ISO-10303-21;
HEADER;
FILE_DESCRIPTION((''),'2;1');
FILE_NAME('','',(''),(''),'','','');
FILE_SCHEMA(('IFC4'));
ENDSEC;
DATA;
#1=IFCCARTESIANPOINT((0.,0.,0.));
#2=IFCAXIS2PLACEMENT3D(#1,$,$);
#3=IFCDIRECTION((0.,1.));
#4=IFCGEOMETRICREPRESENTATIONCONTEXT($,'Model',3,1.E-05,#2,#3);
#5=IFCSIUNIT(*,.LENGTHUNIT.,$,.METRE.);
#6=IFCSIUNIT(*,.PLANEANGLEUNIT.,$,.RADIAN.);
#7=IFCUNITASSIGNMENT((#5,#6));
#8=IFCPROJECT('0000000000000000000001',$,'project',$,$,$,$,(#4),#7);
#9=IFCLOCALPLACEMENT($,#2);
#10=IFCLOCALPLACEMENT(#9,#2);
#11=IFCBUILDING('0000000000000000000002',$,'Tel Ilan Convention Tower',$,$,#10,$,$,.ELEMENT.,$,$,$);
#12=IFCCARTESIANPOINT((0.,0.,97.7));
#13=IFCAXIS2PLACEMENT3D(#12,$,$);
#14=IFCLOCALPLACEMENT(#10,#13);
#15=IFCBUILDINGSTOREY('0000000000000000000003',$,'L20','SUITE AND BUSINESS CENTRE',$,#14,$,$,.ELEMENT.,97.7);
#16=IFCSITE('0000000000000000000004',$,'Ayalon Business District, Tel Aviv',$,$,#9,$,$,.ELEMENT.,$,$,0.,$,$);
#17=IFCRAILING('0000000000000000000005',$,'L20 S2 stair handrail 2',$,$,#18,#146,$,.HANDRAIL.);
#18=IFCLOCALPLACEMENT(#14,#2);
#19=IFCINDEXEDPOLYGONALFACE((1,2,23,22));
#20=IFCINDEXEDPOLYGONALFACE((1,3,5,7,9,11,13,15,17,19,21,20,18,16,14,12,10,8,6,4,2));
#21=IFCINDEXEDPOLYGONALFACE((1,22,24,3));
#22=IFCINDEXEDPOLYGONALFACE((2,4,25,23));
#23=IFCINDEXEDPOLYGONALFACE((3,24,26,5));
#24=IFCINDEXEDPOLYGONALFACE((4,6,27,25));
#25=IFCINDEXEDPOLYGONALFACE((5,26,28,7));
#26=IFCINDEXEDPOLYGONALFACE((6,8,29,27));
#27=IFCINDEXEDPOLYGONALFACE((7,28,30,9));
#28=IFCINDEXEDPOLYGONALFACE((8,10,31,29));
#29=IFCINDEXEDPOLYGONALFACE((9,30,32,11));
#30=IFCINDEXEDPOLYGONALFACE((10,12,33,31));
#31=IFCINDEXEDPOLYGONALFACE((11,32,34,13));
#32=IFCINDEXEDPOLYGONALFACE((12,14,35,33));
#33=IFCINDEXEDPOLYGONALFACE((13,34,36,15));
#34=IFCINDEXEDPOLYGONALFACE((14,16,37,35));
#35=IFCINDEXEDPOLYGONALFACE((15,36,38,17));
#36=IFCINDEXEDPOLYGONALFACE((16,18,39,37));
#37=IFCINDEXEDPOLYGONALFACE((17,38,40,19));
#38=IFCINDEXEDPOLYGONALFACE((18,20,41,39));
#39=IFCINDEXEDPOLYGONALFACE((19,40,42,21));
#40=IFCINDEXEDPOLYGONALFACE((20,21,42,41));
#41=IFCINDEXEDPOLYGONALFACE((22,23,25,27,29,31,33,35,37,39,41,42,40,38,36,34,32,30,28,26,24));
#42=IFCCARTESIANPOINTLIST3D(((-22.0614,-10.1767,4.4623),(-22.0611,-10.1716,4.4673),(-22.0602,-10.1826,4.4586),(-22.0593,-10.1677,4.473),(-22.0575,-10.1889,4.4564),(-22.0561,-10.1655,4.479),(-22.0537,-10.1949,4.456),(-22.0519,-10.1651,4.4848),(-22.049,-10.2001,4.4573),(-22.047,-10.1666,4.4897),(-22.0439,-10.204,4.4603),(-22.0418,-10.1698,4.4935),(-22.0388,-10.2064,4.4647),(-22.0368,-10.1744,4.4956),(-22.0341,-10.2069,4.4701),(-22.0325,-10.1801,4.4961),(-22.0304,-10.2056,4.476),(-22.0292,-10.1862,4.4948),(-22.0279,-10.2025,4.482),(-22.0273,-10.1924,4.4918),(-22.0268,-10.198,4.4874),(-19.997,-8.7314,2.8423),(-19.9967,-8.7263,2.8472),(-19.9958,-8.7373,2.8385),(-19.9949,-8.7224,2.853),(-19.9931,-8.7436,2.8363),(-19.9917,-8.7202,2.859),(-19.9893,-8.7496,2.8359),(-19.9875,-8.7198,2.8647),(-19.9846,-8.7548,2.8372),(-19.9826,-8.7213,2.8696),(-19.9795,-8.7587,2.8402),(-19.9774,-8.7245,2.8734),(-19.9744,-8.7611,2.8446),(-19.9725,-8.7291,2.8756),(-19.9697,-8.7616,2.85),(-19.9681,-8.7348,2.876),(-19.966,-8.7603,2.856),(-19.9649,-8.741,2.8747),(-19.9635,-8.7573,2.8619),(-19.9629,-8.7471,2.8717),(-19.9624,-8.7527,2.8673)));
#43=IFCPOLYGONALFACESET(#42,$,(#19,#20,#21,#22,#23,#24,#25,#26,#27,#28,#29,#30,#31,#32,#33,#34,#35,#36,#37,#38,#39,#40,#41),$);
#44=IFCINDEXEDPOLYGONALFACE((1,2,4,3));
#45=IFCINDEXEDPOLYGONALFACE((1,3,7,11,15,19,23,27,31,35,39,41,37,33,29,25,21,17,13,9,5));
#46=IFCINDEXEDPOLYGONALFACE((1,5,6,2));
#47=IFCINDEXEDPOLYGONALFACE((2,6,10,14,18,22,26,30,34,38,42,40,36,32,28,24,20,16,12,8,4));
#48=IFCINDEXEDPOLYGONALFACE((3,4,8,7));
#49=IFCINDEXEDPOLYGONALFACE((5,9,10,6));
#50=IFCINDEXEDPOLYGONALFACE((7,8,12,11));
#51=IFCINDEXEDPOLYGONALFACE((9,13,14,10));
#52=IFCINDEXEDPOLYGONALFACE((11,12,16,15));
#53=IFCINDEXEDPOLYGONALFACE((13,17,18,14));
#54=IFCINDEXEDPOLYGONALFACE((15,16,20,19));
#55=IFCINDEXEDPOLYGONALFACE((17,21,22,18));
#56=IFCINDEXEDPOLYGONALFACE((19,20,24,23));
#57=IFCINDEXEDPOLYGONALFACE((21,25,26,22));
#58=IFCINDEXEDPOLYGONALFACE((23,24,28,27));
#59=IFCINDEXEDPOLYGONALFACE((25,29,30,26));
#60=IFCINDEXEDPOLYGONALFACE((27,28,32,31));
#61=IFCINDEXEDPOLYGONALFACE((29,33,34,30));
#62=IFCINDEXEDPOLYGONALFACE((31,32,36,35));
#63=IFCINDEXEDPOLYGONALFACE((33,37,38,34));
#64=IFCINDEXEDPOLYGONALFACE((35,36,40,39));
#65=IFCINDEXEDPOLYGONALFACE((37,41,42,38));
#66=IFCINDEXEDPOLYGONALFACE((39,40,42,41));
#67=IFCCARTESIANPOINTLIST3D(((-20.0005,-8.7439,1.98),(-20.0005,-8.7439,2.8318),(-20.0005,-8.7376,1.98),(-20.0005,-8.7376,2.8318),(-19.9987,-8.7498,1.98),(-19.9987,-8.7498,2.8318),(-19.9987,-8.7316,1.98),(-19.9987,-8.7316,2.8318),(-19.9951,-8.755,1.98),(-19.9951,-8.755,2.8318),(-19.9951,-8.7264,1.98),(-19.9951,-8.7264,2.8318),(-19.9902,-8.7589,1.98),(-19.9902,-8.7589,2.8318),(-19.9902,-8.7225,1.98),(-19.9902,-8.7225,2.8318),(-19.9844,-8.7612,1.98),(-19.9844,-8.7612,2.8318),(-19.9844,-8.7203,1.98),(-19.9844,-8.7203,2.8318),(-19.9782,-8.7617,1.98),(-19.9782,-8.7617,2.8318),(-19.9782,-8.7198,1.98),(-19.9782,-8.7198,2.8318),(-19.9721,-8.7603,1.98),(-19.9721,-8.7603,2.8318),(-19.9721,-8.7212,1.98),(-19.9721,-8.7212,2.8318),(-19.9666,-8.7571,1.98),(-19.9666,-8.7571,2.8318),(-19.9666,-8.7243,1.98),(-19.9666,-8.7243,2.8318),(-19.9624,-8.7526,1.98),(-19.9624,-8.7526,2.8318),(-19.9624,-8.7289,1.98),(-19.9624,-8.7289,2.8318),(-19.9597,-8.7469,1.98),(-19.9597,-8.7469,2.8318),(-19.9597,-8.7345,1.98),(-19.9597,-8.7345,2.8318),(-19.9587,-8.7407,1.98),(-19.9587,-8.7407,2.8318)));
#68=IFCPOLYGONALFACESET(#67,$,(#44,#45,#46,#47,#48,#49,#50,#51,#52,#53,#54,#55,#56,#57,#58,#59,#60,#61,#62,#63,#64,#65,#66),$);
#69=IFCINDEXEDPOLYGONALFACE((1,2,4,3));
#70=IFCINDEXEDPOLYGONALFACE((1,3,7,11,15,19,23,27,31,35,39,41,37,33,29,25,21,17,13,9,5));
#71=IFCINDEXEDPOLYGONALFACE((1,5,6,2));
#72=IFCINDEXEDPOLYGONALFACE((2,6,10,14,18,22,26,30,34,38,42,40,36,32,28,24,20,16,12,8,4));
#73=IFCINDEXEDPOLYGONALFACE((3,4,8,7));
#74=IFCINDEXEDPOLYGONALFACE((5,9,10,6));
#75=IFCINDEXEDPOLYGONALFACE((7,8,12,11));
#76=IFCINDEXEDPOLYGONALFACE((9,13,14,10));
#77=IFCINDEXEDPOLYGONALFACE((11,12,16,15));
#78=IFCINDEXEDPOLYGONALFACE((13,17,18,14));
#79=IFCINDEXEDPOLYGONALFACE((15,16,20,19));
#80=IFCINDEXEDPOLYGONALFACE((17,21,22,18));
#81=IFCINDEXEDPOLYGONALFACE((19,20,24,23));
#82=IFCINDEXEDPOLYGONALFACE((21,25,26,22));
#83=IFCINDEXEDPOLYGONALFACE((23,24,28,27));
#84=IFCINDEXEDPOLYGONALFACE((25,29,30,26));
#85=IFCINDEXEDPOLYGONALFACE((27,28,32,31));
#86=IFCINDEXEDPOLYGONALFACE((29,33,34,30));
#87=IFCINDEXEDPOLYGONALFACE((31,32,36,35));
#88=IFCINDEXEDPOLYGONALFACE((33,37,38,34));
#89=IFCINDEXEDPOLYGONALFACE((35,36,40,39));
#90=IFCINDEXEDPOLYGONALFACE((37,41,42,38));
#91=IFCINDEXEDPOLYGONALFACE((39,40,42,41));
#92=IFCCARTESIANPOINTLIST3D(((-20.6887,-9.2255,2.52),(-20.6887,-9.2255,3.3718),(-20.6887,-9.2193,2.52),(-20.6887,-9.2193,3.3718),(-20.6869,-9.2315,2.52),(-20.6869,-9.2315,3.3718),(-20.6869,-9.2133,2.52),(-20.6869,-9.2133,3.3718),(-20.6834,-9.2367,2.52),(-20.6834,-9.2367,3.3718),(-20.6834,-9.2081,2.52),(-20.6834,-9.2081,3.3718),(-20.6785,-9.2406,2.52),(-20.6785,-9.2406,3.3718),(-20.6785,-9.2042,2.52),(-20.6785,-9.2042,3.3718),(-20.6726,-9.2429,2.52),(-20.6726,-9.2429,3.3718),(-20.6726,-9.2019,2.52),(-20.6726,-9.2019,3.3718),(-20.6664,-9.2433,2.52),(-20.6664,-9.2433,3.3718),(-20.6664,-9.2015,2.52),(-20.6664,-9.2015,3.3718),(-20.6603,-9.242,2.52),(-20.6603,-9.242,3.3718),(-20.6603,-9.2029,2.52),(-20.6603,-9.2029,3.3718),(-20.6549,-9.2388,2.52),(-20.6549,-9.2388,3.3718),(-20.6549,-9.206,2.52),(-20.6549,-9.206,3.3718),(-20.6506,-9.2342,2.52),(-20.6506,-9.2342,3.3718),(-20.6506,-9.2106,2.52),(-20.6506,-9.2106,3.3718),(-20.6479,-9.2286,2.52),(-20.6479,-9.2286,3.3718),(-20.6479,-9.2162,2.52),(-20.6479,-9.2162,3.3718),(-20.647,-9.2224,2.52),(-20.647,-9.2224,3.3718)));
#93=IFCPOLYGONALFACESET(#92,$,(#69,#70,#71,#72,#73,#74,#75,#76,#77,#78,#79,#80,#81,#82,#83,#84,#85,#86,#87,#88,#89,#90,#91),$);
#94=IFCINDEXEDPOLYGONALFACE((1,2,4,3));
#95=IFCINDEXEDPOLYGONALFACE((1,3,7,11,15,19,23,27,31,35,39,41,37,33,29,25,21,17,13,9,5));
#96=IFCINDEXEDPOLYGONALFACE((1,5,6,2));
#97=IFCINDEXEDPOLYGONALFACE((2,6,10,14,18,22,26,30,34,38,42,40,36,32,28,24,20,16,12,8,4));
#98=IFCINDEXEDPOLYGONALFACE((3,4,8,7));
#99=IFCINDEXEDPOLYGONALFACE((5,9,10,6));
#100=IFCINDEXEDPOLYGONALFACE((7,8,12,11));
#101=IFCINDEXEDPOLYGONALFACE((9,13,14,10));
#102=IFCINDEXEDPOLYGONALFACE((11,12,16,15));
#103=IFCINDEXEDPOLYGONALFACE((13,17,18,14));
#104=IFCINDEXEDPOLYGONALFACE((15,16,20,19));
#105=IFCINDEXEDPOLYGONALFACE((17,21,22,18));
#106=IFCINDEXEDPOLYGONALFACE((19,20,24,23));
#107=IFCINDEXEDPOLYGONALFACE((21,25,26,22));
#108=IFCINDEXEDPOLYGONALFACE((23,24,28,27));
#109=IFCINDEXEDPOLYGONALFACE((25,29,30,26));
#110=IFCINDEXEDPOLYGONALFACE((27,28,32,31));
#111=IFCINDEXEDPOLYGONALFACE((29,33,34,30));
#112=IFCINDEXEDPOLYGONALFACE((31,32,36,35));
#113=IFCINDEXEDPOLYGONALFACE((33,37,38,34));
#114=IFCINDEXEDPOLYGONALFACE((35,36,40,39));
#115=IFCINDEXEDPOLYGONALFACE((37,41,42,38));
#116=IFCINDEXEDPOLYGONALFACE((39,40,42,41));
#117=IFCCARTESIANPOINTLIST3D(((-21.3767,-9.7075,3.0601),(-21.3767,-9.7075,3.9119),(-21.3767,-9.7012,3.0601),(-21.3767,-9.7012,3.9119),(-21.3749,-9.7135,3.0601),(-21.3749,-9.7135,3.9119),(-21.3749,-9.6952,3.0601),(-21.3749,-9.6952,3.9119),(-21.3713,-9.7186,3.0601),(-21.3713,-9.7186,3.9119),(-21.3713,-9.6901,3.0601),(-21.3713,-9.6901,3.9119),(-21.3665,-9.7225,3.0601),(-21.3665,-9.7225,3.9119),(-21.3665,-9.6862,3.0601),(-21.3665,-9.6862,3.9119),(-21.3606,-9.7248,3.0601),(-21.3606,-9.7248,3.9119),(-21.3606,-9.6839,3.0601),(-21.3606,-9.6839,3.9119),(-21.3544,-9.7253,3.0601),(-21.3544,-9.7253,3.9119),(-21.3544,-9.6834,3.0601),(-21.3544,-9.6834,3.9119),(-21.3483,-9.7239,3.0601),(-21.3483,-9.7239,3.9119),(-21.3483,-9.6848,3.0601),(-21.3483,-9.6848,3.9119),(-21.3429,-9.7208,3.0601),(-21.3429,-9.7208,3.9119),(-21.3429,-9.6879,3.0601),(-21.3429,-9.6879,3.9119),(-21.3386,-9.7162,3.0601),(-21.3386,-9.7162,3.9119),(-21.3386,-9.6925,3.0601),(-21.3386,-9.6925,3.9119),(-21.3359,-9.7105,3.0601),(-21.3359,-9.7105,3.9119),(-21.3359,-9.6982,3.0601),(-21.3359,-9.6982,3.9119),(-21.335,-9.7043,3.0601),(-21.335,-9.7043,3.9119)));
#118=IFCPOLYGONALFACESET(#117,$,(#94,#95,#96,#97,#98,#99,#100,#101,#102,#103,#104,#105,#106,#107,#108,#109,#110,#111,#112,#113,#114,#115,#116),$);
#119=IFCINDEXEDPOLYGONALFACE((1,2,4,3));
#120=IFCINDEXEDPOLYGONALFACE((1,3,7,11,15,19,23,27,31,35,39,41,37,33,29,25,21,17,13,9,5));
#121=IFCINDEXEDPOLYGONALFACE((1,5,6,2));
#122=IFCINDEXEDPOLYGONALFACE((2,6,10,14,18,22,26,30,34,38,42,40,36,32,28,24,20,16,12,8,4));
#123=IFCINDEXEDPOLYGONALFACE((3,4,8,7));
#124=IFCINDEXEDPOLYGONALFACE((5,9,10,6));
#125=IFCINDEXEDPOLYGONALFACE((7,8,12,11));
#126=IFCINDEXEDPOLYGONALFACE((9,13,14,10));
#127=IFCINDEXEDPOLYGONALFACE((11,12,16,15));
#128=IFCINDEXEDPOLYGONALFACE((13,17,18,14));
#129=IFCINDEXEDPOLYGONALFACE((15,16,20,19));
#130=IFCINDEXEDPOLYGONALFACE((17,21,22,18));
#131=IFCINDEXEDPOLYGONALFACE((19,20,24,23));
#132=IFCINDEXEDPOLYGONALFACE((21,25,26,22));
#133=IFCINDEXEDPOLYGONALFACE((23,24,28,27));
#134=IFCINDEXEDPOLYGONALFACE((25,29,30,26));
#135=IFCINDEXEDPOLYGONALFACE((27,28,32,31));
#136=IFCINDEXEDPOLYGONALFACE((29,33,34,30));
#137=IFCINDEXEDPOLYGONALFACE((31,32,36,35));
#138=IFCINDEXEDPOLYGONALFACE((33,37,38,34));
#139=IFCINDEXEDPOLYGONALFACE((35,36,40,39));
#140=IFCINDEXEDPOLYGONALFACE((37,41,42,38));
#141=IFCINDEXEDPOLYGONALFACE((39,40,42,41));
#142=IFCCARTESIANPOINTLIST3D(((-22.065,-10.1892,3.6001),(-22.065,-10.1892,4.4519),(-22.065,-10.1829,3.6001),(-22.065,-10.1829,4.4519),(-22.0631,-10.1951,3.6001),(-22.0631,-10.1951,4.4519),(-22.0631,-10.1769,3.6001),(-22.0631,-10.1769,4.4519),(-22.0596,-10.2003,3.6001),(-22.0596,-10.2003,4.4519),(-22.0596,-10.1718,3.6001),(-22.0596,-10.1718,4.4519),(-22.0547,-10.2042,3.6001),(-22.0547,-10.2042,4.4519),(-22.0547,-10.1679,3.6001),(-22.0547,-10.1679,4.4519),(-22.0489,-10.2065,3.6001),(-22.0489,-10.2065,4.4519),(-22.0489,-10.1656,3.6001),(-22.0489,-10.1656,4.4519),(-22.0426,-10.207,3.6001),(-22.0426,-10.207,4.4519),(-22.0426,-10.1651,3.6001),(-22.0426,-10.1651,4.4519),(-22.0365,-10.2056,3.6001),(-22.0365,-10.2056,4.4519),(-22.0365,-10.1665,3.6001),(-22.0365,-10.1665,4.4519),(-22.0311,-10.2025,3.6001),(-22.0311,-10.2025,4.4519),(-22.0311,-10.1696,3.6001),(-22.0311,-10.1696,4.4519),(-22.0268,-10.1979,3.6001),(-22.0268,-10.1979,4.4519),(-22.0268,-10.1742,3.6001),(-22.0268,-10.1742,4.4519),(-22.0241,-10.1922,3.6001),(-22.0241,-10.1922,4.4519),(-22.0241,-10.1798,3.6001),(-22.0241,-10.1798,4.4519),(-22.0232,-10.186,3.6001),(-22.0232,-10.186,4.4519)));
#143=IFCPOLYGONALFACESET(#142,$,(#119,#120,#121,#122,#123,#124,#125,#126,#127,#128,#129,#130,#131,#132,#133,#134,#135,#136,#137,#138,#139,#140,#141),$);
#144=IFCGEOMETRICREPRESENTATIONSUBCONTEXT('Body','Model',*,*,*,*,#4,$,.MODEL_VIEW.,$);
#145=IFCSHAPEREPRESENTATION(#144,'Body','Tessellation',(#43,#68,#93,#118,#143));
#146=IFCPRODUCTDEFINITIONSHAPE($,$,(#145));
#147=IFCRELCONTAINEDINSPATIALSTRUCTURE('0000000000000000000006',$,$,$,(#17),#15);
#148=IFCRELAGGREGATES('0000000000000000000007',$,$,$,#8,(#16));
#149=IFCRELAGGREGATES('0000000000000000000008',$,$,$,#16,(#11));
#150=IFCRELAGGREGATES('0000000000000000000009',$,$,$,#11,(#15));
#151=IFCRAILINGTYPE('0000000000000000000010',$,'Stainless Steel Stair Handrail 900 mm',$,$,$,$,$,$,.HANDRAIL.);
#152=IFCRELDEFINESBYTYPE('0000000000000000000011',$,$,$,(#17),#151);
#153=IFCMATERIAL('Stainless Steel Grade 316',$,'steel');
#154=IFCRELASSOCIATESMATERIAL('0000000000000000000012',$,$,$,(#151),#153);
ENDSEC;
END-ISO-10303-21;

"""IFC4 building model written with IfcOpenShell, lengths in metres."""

from ifc_helpers import new_model, si_unit, direction, frame, origin, origin_2d, place, context, subcontext, project, spatial, circle, extrude, material, type_object, element, save


model = new_model("IFC4")

# Units and contexts
model_context = context("Model", 3, precision=1e-05, world=origin(), true_north=direction((0.0, 1.0)))
body_context = subcontext(model_context, "Body", "Model", "MODEL_VIEW")
ifc_project = project(units=[si_unit("LENGTHUNIT", "METRE"), si_unit("PLANEANGLEUNIT", "RADIAN")], contexts=[model_context])

# Site, building, storey
site_placement = place(None, origin())
site = spatial("IfcSite", under=ifc_project, at=site_placement, Name="Ayalon Business District, Tel Aviv", CompositionType="ELEMENT", RefElevation=0.0)
building_placement = place(site_placement, origin())
building = spatial("IfcBuilding", under=site, at=building_placement, Name="Tel Ilan Convention Tower", CompositionType="ELEMENT")
storey_placement = place(building_placement, frame((0.0, 0.0, 97.7)))
storey = spatial("IfcBuildingStorey", under=building, at=storey_placement, Name="L20", Description="SUITE AND BUSINESS CENTRE", CompositionType="ELEMENT", Elevation=97.7)

# Railing
ifc_material_1 = material(Name="Stainless Steel Grade 316", Category="steel")
railing_type_1 = type_object("IfcRailingType", Name="Stainless Steel Stair Handrail 900 mm", PredefinedType="HANDRAIL", material=ifc_material_1)
railing_1_placement = place(storey_placement, frame((-19.9797, -8.7407, 1.98)))
element("IfcRailing", 1, at=railing_1_placement, inside=storey, type_object=railing_type_1, Name="L20 S2 stair handrail 2", PredefinedType="HANDRAIL", context=body_context, shape_type="SweptSolid", body=[
    extrude(circle(Radius=0.0239, at=origin_2d()), frame((0.0, 0.0, 0.876), z_axis=(-0.689083, -0.482423, 0.54077), x_axis=(0.573514, -0.819196, 0.0)), (0.0, 0.0, 1.0), 2.9958),
    extrude(circle(Radius=0.021, at=origin_2d()), origin(), (0.0, 0.0, 1.0), 0.8518),
    extrude(circle(Radius=0.021, at=origin_2d()), frame((-0.6882, -0.4817, 0.54)), (0.0, 0.0, 1.0), 0.8518),
    extrude(circle(Radius=0.021, at=origin_2d()), frame((-1.3762, -0.9636, 1.0801)), (0.0, 0.0, 1.0), 0.8518),
    extrude(circle(Radius=0.021, at=origin_2d()), frame((-2.0645, -1.4453, 1.6201)), (0.0, 0.0, 1.0), 0.8518),
])

save(model, "model.ifc")
